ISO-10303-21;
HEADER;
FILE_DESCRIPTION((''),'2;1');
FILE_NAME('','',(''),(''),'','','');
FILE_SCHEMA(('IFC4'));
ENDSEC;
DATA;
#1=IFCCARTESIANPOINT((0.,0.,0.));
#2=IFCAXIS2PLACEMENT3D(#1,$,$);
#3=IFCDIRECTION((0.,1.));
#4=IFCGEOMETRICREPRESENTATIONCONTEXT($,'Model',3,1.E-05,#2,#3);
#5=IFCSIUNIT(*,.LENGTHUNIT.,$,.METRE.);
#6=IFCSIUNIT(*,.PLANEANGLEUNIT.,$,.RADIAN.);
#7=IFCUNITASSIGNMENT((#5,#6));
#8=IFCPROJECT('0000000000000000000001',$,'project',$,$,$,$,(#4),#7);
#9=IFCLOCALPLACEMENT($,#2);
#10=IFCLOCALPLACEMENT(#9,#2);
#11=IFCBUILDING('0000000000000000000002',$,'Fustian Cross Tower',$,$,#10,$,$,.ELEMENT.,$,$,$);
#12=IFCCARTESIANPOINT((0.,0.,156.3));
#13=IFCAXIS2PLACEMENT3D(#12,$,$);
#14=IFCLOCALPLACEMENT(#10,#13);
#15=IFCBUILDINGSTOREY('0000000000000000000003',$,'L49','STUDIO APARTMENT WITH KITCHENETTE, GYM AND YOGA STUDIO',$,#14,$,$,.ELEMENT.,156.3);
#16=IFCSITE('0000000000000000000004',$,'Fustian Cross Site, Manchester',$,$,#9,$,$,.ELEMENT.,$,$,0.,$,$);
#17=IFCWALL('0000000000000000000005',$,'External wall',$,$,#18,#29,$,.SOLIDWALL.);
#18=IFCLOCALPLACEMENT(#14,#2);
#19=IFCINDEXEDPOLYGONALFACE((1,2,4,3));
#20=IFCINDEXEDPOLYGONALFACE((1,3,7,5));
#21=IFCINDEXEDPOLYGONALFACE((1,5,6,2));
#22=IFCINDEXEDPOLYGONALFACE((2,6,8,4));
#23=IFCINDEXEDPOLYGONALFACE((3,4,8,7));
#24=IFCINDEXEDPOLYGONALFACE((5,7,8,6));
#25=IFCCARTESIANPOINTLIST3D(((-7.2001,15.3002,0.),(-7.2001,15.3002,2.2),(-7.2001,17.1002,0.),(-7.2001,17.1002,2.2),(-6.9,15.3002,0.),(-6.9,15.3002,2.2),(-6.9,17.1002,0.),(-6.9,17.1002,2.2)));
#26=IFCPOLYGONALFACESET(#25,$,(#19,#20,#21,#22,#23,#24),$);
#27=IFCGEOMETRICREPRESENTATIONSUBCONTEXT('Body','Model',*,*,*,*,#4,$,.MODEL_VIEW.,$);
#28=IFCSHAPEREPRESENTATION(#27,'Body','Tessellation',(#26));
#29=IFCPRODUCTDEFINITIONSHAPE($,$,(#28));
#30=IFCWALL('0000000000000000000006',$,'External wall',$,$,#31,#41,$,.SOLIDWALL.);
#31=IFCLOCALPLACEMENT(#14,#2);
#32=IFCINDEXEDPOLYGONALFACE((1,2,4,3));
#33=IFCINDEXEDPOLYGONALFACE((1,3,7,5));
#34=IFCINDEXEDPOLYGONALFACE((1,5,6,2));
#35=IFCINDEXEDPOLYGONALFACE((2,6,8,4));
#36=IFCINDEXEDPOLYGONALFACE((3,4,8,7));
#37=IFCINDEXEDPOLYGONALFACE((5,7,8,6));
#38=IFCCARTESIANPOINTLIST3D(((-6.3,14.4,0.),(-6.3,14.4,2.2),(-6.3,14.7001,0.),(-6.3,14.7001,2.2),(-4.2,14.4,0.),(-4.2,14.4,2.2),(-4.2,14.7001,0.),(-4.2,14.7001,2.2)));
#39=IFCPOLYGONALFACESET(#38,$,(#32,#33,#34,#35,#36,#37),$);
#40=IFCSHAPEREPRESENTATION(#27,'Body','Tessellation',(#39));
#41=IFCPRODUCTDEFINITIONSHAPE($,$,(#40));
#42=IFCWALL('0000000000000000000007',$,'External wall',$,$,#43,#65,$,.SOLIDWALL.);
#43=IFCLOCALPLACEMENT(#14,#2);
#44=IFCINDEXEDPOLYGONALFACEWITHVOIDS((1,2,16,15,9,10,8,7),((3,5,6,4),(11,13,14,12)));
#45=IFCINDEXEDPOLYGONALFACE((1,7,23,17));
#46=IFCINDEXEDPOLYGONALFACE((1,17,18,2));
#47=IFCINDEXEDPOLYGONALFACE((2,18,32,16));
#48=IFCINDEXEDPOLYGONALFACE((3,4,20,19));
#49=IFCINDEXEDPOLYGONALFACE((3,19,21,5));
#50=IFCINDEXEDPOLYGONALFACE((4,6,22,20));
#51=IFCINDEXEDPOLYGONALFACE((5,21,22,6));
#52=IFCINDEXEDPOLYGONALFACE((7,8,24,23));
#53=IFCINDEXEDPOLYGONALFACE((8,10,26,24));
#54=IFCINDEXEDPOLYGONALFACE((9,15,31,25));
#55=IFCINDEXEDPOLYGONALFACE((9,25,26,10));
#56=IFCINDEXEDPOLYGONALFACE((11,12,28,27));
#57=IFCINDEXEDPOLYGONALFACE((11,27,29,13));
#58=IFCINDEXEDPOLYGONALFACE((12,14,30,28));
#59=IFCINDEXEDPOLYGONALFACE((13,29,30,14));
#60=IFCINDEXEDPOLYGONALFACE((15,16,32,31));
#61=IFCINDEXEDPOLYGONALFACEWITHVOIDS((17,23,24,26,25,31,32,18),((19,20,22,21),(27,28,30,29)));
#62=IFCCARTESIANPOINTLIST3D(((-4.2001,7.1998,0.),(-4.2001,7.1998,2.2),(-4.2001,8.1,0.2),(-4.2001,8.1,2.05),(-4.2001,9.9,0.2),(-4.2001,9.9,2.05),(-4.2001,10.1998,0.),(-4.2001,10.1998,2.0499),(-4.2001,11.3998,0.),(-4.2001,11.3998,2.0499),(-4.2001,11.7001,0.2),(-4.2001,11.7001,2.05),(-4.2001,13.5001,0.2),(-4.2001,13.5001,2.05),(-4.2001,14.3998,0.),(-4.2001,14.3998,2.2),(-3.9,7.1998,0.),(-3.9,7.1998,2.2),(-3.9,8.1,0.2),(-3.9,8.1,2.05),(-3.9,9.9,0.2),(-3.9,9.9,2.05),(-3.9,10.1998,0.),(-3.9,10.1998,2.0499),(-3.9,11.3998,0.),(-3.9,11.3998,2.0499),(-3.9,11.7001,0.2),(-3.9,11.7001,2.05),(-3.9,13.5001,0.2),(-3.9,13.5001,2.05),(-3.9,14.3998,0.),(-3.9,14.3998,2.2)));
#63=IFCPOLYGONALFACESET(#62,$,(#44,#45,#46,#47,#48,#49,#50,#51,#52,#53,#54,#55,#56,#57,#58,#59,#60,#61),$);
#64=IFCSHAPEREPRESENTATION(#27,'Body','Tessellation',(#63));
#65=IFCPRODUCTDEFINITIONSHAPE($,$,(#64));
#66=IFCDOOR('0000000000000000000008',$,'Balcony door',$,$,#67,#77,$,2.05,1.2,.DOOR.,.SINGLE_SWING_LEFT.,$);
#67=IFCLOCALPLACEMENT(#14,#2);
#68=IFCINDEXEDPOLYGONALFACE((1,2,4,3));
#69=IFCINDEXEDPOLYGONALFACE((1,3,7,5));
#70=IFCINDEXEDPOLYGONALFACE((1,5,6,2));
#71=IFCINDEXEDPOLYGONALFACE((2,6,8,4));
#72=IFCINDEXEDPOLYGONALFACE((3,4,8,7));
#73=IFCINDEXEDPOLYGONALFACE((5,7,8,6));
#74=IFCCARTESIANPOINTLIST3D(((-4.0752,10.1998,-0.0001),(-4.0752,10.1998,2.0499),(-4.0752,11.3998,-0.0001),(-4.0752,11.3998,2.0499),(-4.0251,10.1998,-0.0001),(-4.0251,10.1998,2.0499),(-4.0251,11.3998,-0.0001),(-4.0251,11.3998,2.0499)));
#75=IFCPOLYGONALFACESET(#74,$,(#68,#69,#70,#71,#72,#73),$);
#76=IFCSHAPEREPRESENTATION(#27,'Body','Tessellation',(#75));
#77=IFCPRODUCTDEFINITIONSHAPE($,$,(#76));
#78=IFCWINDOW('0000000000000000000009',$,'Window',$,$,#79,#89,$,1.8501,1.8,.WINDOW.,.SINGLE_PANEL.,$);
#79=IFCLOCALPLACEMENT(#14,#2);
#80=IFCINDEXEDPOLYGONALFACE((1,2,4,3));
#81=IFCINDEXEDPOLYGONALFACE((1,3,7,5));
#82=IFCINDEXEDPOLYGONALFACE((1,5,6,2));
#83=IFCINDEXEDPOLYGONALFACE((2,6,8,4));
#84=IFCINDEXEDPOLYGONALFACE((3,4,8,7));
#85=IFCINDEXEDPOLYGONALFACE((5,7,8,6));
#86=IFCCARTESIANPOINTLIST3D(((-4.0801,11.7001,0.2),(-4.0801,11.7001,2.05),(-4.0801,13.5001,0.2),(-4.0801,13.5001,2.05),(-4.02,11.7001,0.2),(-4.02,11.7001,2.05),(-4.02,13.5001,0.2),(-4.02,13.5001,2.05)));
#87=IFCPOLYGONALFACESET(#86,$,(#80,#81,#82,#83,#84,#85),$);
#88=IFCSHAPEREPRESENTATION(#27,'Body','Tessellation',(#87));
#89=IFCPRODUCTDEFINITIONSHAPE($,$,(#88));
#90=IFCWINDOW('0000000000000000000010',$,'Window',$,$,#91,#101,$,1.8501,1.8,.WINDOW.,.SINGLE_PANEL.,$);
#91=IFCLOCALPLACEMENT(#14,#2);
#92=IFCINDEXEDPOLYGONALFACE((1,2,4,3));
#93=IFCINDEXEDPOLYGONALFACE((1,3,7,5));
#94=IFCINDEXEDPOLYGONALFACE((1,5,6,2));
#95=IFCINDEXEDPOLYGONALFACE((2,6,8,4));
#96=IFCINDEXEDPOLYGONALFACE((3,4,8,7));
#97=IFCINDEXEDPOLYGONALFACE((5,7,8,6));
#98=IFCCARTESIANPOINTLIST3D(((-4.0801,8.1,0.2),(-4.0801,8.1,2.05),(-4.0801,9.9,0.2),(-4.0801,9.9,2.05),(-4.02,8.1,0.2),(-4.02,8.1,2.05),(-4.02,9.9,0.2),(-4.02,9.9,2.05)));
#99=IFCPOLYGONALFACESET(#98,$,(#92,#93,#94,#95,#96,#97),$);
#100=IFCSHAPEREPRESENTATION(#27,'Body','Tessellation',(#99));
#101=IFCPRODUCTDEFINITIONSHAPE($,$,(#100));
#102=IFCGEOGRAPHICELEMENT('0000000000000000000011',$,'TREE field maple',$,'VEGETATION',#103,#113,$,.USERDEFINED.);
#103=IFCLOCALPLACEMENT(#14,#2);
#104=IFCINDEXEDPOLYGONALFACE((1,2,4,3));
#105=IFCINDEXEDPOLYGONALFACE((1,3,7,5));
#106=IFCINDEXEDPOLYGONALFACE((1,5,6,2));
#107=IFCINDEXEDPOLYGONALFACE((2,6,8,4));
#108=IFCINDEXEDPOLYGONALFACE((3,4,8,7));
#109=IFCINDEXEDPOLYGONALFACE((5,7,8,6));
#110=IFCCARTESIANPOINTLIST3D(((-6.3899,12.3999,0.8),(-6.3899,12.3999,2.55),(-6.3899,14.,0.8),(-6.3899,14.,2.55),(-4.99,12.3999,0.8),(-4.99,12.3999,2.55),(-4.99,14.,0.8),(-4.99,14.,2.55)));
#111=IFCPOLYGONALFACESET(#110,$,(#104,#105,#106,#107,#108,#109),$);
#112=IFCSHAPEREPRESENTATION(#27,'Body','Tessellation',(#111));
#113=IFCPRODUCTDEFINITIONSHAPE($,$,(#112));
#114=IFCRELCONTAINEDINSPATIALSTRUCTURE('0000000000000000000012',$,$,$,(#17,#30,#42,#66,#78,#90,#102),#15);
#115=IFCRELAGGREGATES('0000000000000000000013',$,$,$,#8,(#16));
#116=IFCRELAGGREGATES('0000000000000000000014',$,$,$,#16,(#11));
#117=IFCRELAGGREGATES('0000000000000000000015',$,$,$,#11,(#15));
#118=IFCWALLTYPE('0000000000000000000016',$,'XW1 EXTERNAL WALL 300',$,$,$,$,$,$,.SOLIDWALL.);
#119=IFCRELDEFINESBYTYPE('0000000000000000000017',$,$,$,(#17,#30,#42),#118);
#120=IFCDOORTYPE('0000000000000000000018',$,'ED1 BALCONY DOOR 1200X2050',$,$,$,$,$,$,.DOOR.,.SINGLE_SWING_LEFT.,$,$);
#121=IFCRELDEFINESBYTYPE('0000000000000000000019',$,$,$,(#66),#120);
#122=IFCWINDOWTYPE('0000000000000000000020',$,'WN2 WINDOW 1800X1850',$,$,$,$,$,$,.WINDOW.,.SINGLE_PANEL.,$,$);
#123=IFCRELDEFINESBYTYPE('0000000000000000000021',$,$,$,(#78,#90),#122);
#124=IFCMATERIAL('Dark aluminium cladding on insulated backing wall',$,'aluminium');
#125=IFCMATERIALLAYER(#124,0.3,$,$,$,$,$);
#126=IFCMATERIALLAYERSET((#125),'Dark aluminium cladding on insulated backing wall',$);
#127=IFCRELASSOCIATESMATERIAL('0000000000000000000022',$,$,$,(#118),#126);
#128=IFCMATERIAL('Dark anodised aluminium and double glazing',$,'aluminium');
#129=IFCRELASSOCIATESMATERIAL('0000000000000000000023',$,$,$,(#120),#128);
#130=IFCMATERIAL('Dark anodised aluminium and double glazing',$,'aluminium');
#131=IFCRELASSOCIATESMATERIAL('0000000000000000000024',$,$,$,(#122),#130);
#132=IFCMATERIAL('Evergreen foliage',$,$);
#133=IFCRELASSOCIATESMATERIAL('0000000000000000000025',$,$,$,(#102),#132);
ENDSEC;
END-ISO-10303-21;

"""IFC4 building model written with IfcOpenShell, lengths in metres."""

from ifc_helpers import new_model, si_unit, direction, frame, frame_2d, origin, origin_2d, place, context, subcontext, project, spatial, rectangle, extrude, material, layer, layer_set, type_object, element, fill, save


model = new_model("IFC4")

# Units and contexts
model_context = context("Model", 3, precision=1e-05, world=origin(), true_north=direction((0.0, 1.0)))
body_context = subcontext(model_context, "Body", "Model", "MODEL_VIEW")
ifc_project = project(units=[si_unit("LENGTHUNIT", "METRE"), si_unit("PLANEANGLEUNIT", "RADIAN")], contexts=[model_context])

# Site, building, storey
site_placement = place(None, origin())
site = spatial("IfcSite", under=ifc_project, at=site_placement, Name="Fustian Cross Site, Manchester", CompositionType="ELEMENT", RefElevation=0.0)
building_placement = place(site_placement, origin())
building = spatial("IfcBuilding", under=site, at=building_placement, Name="Fustian Cross Tower", CompositionType="ELEMENT")
storey_placement = place(building_placement, frame((0.0, 0.0, 156.3)))
storey = spatial("IfcBuildingStorey", under=building, at=storey_placement, Name="L49", Description="STUDIO APARTMENT WITH KITCHENETTE, GYM AND YOGA STUDIO", CompositionType="ELEMENT", Elevation=156.3)

# Walls
ifc_material_1 = material(Name="Dark aluminium cladding on insulated backing wall", Category="aluminium")
ifc_layer_1 = layer(ifc_material_1, 0.3)
ifc_layer_set_1 = layer_set([ifc_layer_1], Name="Dark aluminium cladding on insulated backing wall")
wall_type_1 = type_object("IfcWallType", Name="XW1 EXTERNAL WALL 300", PredefinedType="SOLIDWALL", material=ifc_layer_set_1)
wall_1_placement = place(storey_placement, frame((-7.05, 17.1001, 0.0), z_axis=(0.0, 0.0, 1.0), x_axis=(0.0, -1.0, 0.0)))
element("IfcWall", 1, at=wall_1_placement, inside=storey, type_object=wall_type_1, Name="External wall", PredefinedType="SOLIDWALL", context=body_context, shape_type="SweptSolid", body=[
    extrude(rectangle(XDim=1.8, YDim=0.3, at=frame_2d((0.8999, 0.0))), origin(), (0.0, 0.0, 1.0), 2.2),
])
wall_2_placement = place(storey_placement, frame((-6.3, 14.55, 0.0), z_axis=(0.0, 0.0, 1.0), x_axis=(1.0, 0.0, 0.0)))
element("IfcWall", 2, at=wall_2_placement, inside=storey, type_object=wall_type_1, Name="External wall", PredefinedType="SOLIDWALL", context=body_context, shape_type="SweptSolid", body=[
    extrude(rectangle(XDim=2.1001, YDim=0.3, at=frame_2d((1.05, 0.0))), origin(), (0.0, 0.0, 1.0), 2.2),
])

# Wall, openings, door, windows
wall_3_placement = place(storey_placement, frame((-4.05, 14.3999, 0.0), z_axis=(0.0, 0.0, 1.0), x_axis=(0.0, -1.0, 0.0)))
wall_3 = element("IfcWall", 3, at=wall_3_placement, inside=storey, type_object=wall_type_1, Name="External wall", PredefinedType="SOLIDWALL", context=body_context, shape_type="SweptSolid", body=[
    extrude(rectangle(XDim=7.2, YDim=0.3, at=frame_2d((3.6001, 0.0))), origin(), (0.0, 0.0, 1.0), 2.2),
])
opening_1_placement = place(wall_3_placement, frame((3.0, 0.0, 0.0)))
opening_1 = element("IfcOpeningElement", 4, at=opening_1_placement, cuts=wall_3, PredefinedType="OPENING", context=body_context, shape_type="SweptSolid", body=[
    extrude(rectangle(XDim=1.2, YDim=2.05, at=frame_2d((0.6001, 1.0249))), frame((0.0, 0.1599, 0.0), z_axis=(0.0, -1.0, 0.0), x_axis=(1.0, 0.0, 0.0)), (0.0, 0.0, 1.0), 0.3201),
])
opening_2_placement = place(wall_3_placement, frame((0.8999, 0.0, 0.2)))
opening_2 = element("IfcOpeningElement", 5, at=opening_2_placement, cuts=wall_3, PredefinedType="OPENING", context=body_context, shape_type="SweptSolid", body=[
    extrude(rectangle(XDim=1.8, YDim=1.8501, at=frame_2d((0.8999, 0.925))), frame((0.0, 0.1599, 0.0), z_axis=(0.0, -1.0, 0.0), x_axis=(1.0, 0.0, 0.0)), (0.0, 0.0, 1.0), 0.3201),
])
opening_3_placement = place(wall_3_placement, frame((4.5, 0.0, 0.2)))
opening_3 = element("IfcOpeningElement", 6, at=opening_3_placement, cuts=wall_3, PredefinedType="OPENING", context=body_context, shape_type="SweptSolid", body=[
    extrude(rectangle(XDim=1.8, YDim=1.8501, at=frame_2d((0.8999, 0.925))), frame((0.0, 0.1599, 0.0), z_axis=(0.0, -1.0, 0.0), x_axis=(1.0, 0.0, 0.0)), (0.0, 0.0, 1.0), 0.3201),
])
ifc_material_2 = material(Name="Dark anodised aluminium and double glazing", Category="aluminium")
door_type = type_object("IfcDoorType", Name="ED1 BALCONY DOOR 1200X2050", OperationType="SINGLE_SWING_LEFT", PredefinedType="DOOR", material=ifc_material_2)
door_placement = place(opening_1_placement, origin())
door = element("IfcDoor", 7, at=door_placement, inside=storey, type_object=door_type, Name="Balcony door", OperationType="SINGLE_SWING_LEFT", OverallHeight=2.05, OverallWidth=1.2, PredefinedType="DOOR", context=body_context, shape_type="SweptSolid", body=[
    extrude(rectangle(XDim=1.2, YDim=2.05, at=frame_2d((0.6001, 1.0249))), frame((0.0, 0.0249, 0.0), z_axis=(0.0, -1.0, 0.0), x_axis=(1.0, 0.0, 0.0)), (0.0, 0.0, 1.0), 0.05),
])
fill(opening_1, door)
ifc_material_3 = material(Name="Dark anodised aluminium and double glazing", Category="aluminium")
window_type = type_object("IfcWindowType", Name="WN2 WINDOW 1800X1850", PartitioningType="SINGLE_PANEL", PredefinedType="WINDOW", material=ifc_material_3)
window_1_placement = place(opening_2_placement, origin())
window_1 = element("IfcWindow", 8, at=window_1_placement, inside=storey, type_object=window_type, Name="Window", OverallHeight=1.8501, OverallWidth=1.8, PartitioningType="SINGLE_PANEL", PredefinedType="WINDOW", context=body_context, shape_type="SweptSolid", body=[
    extrude(rectangle(XDim=1.8, YDim=1.8501, at=frame_2d((0.8999, 0.925))), frame((0.0, 0.03, 0.0), z_axis=(0.0, -1.0, 0.0), x_axis=(1.0, 0.0, 0.0)), (0.0, 0.0, 1.0), 0.0601),
])
fill(opening_2, window_1)
window_2_placement = place(opening_3_placement, origin())
window_2 = element("IfcWindow", 9, at=window_2_placement, inside=storey, type_object=window_type, Name="Window", OverallHeight=1.8501, OverallWidth=1.8, PartitioningType="SINGLE_PANEL", PredefinedType="WINDOW", context=body_context, shape_type="SweptSolid", body=[
    extrude(rectangle(XDim=1.8, YDim=1.8501, at=frame_2d((0.8999, 0.925))), frame((0.0, 0.03, 0.0), z_axis=(0.0, -1.0, 0.0), x_axis=(1.0, 0.0, 0.0)), (0.0, 0.0, 1.0), 0.0601),
])
fill(opening_3, window_2)

# Geographic element
ifc_material_4 = material(Name="Evergreen foliage")
geographic_element_placement = place(storey_placement, frame((-5.6899, 13.2, 0.8), z_axis=(0.0, 0.0, 1.0), x_axis=(1.0, 0.0, 0.0)))
element("IfcGeographicElement", 10, at=geographic_element_placement, inside=storey, material=ifc_material_4, Name="TREE field maple", ObjectType="VEGETATION", PredefinedType="USERDEFINED", context=body_context, shape_type="SweptSolid", body=[
    extrude(rectangle(XDim=1.3999, YDim=1.6001, at=origin_2d()), origin(), (0.0, 0.0, 1.0), 1.75),
])

save(model, "model.ifc")
